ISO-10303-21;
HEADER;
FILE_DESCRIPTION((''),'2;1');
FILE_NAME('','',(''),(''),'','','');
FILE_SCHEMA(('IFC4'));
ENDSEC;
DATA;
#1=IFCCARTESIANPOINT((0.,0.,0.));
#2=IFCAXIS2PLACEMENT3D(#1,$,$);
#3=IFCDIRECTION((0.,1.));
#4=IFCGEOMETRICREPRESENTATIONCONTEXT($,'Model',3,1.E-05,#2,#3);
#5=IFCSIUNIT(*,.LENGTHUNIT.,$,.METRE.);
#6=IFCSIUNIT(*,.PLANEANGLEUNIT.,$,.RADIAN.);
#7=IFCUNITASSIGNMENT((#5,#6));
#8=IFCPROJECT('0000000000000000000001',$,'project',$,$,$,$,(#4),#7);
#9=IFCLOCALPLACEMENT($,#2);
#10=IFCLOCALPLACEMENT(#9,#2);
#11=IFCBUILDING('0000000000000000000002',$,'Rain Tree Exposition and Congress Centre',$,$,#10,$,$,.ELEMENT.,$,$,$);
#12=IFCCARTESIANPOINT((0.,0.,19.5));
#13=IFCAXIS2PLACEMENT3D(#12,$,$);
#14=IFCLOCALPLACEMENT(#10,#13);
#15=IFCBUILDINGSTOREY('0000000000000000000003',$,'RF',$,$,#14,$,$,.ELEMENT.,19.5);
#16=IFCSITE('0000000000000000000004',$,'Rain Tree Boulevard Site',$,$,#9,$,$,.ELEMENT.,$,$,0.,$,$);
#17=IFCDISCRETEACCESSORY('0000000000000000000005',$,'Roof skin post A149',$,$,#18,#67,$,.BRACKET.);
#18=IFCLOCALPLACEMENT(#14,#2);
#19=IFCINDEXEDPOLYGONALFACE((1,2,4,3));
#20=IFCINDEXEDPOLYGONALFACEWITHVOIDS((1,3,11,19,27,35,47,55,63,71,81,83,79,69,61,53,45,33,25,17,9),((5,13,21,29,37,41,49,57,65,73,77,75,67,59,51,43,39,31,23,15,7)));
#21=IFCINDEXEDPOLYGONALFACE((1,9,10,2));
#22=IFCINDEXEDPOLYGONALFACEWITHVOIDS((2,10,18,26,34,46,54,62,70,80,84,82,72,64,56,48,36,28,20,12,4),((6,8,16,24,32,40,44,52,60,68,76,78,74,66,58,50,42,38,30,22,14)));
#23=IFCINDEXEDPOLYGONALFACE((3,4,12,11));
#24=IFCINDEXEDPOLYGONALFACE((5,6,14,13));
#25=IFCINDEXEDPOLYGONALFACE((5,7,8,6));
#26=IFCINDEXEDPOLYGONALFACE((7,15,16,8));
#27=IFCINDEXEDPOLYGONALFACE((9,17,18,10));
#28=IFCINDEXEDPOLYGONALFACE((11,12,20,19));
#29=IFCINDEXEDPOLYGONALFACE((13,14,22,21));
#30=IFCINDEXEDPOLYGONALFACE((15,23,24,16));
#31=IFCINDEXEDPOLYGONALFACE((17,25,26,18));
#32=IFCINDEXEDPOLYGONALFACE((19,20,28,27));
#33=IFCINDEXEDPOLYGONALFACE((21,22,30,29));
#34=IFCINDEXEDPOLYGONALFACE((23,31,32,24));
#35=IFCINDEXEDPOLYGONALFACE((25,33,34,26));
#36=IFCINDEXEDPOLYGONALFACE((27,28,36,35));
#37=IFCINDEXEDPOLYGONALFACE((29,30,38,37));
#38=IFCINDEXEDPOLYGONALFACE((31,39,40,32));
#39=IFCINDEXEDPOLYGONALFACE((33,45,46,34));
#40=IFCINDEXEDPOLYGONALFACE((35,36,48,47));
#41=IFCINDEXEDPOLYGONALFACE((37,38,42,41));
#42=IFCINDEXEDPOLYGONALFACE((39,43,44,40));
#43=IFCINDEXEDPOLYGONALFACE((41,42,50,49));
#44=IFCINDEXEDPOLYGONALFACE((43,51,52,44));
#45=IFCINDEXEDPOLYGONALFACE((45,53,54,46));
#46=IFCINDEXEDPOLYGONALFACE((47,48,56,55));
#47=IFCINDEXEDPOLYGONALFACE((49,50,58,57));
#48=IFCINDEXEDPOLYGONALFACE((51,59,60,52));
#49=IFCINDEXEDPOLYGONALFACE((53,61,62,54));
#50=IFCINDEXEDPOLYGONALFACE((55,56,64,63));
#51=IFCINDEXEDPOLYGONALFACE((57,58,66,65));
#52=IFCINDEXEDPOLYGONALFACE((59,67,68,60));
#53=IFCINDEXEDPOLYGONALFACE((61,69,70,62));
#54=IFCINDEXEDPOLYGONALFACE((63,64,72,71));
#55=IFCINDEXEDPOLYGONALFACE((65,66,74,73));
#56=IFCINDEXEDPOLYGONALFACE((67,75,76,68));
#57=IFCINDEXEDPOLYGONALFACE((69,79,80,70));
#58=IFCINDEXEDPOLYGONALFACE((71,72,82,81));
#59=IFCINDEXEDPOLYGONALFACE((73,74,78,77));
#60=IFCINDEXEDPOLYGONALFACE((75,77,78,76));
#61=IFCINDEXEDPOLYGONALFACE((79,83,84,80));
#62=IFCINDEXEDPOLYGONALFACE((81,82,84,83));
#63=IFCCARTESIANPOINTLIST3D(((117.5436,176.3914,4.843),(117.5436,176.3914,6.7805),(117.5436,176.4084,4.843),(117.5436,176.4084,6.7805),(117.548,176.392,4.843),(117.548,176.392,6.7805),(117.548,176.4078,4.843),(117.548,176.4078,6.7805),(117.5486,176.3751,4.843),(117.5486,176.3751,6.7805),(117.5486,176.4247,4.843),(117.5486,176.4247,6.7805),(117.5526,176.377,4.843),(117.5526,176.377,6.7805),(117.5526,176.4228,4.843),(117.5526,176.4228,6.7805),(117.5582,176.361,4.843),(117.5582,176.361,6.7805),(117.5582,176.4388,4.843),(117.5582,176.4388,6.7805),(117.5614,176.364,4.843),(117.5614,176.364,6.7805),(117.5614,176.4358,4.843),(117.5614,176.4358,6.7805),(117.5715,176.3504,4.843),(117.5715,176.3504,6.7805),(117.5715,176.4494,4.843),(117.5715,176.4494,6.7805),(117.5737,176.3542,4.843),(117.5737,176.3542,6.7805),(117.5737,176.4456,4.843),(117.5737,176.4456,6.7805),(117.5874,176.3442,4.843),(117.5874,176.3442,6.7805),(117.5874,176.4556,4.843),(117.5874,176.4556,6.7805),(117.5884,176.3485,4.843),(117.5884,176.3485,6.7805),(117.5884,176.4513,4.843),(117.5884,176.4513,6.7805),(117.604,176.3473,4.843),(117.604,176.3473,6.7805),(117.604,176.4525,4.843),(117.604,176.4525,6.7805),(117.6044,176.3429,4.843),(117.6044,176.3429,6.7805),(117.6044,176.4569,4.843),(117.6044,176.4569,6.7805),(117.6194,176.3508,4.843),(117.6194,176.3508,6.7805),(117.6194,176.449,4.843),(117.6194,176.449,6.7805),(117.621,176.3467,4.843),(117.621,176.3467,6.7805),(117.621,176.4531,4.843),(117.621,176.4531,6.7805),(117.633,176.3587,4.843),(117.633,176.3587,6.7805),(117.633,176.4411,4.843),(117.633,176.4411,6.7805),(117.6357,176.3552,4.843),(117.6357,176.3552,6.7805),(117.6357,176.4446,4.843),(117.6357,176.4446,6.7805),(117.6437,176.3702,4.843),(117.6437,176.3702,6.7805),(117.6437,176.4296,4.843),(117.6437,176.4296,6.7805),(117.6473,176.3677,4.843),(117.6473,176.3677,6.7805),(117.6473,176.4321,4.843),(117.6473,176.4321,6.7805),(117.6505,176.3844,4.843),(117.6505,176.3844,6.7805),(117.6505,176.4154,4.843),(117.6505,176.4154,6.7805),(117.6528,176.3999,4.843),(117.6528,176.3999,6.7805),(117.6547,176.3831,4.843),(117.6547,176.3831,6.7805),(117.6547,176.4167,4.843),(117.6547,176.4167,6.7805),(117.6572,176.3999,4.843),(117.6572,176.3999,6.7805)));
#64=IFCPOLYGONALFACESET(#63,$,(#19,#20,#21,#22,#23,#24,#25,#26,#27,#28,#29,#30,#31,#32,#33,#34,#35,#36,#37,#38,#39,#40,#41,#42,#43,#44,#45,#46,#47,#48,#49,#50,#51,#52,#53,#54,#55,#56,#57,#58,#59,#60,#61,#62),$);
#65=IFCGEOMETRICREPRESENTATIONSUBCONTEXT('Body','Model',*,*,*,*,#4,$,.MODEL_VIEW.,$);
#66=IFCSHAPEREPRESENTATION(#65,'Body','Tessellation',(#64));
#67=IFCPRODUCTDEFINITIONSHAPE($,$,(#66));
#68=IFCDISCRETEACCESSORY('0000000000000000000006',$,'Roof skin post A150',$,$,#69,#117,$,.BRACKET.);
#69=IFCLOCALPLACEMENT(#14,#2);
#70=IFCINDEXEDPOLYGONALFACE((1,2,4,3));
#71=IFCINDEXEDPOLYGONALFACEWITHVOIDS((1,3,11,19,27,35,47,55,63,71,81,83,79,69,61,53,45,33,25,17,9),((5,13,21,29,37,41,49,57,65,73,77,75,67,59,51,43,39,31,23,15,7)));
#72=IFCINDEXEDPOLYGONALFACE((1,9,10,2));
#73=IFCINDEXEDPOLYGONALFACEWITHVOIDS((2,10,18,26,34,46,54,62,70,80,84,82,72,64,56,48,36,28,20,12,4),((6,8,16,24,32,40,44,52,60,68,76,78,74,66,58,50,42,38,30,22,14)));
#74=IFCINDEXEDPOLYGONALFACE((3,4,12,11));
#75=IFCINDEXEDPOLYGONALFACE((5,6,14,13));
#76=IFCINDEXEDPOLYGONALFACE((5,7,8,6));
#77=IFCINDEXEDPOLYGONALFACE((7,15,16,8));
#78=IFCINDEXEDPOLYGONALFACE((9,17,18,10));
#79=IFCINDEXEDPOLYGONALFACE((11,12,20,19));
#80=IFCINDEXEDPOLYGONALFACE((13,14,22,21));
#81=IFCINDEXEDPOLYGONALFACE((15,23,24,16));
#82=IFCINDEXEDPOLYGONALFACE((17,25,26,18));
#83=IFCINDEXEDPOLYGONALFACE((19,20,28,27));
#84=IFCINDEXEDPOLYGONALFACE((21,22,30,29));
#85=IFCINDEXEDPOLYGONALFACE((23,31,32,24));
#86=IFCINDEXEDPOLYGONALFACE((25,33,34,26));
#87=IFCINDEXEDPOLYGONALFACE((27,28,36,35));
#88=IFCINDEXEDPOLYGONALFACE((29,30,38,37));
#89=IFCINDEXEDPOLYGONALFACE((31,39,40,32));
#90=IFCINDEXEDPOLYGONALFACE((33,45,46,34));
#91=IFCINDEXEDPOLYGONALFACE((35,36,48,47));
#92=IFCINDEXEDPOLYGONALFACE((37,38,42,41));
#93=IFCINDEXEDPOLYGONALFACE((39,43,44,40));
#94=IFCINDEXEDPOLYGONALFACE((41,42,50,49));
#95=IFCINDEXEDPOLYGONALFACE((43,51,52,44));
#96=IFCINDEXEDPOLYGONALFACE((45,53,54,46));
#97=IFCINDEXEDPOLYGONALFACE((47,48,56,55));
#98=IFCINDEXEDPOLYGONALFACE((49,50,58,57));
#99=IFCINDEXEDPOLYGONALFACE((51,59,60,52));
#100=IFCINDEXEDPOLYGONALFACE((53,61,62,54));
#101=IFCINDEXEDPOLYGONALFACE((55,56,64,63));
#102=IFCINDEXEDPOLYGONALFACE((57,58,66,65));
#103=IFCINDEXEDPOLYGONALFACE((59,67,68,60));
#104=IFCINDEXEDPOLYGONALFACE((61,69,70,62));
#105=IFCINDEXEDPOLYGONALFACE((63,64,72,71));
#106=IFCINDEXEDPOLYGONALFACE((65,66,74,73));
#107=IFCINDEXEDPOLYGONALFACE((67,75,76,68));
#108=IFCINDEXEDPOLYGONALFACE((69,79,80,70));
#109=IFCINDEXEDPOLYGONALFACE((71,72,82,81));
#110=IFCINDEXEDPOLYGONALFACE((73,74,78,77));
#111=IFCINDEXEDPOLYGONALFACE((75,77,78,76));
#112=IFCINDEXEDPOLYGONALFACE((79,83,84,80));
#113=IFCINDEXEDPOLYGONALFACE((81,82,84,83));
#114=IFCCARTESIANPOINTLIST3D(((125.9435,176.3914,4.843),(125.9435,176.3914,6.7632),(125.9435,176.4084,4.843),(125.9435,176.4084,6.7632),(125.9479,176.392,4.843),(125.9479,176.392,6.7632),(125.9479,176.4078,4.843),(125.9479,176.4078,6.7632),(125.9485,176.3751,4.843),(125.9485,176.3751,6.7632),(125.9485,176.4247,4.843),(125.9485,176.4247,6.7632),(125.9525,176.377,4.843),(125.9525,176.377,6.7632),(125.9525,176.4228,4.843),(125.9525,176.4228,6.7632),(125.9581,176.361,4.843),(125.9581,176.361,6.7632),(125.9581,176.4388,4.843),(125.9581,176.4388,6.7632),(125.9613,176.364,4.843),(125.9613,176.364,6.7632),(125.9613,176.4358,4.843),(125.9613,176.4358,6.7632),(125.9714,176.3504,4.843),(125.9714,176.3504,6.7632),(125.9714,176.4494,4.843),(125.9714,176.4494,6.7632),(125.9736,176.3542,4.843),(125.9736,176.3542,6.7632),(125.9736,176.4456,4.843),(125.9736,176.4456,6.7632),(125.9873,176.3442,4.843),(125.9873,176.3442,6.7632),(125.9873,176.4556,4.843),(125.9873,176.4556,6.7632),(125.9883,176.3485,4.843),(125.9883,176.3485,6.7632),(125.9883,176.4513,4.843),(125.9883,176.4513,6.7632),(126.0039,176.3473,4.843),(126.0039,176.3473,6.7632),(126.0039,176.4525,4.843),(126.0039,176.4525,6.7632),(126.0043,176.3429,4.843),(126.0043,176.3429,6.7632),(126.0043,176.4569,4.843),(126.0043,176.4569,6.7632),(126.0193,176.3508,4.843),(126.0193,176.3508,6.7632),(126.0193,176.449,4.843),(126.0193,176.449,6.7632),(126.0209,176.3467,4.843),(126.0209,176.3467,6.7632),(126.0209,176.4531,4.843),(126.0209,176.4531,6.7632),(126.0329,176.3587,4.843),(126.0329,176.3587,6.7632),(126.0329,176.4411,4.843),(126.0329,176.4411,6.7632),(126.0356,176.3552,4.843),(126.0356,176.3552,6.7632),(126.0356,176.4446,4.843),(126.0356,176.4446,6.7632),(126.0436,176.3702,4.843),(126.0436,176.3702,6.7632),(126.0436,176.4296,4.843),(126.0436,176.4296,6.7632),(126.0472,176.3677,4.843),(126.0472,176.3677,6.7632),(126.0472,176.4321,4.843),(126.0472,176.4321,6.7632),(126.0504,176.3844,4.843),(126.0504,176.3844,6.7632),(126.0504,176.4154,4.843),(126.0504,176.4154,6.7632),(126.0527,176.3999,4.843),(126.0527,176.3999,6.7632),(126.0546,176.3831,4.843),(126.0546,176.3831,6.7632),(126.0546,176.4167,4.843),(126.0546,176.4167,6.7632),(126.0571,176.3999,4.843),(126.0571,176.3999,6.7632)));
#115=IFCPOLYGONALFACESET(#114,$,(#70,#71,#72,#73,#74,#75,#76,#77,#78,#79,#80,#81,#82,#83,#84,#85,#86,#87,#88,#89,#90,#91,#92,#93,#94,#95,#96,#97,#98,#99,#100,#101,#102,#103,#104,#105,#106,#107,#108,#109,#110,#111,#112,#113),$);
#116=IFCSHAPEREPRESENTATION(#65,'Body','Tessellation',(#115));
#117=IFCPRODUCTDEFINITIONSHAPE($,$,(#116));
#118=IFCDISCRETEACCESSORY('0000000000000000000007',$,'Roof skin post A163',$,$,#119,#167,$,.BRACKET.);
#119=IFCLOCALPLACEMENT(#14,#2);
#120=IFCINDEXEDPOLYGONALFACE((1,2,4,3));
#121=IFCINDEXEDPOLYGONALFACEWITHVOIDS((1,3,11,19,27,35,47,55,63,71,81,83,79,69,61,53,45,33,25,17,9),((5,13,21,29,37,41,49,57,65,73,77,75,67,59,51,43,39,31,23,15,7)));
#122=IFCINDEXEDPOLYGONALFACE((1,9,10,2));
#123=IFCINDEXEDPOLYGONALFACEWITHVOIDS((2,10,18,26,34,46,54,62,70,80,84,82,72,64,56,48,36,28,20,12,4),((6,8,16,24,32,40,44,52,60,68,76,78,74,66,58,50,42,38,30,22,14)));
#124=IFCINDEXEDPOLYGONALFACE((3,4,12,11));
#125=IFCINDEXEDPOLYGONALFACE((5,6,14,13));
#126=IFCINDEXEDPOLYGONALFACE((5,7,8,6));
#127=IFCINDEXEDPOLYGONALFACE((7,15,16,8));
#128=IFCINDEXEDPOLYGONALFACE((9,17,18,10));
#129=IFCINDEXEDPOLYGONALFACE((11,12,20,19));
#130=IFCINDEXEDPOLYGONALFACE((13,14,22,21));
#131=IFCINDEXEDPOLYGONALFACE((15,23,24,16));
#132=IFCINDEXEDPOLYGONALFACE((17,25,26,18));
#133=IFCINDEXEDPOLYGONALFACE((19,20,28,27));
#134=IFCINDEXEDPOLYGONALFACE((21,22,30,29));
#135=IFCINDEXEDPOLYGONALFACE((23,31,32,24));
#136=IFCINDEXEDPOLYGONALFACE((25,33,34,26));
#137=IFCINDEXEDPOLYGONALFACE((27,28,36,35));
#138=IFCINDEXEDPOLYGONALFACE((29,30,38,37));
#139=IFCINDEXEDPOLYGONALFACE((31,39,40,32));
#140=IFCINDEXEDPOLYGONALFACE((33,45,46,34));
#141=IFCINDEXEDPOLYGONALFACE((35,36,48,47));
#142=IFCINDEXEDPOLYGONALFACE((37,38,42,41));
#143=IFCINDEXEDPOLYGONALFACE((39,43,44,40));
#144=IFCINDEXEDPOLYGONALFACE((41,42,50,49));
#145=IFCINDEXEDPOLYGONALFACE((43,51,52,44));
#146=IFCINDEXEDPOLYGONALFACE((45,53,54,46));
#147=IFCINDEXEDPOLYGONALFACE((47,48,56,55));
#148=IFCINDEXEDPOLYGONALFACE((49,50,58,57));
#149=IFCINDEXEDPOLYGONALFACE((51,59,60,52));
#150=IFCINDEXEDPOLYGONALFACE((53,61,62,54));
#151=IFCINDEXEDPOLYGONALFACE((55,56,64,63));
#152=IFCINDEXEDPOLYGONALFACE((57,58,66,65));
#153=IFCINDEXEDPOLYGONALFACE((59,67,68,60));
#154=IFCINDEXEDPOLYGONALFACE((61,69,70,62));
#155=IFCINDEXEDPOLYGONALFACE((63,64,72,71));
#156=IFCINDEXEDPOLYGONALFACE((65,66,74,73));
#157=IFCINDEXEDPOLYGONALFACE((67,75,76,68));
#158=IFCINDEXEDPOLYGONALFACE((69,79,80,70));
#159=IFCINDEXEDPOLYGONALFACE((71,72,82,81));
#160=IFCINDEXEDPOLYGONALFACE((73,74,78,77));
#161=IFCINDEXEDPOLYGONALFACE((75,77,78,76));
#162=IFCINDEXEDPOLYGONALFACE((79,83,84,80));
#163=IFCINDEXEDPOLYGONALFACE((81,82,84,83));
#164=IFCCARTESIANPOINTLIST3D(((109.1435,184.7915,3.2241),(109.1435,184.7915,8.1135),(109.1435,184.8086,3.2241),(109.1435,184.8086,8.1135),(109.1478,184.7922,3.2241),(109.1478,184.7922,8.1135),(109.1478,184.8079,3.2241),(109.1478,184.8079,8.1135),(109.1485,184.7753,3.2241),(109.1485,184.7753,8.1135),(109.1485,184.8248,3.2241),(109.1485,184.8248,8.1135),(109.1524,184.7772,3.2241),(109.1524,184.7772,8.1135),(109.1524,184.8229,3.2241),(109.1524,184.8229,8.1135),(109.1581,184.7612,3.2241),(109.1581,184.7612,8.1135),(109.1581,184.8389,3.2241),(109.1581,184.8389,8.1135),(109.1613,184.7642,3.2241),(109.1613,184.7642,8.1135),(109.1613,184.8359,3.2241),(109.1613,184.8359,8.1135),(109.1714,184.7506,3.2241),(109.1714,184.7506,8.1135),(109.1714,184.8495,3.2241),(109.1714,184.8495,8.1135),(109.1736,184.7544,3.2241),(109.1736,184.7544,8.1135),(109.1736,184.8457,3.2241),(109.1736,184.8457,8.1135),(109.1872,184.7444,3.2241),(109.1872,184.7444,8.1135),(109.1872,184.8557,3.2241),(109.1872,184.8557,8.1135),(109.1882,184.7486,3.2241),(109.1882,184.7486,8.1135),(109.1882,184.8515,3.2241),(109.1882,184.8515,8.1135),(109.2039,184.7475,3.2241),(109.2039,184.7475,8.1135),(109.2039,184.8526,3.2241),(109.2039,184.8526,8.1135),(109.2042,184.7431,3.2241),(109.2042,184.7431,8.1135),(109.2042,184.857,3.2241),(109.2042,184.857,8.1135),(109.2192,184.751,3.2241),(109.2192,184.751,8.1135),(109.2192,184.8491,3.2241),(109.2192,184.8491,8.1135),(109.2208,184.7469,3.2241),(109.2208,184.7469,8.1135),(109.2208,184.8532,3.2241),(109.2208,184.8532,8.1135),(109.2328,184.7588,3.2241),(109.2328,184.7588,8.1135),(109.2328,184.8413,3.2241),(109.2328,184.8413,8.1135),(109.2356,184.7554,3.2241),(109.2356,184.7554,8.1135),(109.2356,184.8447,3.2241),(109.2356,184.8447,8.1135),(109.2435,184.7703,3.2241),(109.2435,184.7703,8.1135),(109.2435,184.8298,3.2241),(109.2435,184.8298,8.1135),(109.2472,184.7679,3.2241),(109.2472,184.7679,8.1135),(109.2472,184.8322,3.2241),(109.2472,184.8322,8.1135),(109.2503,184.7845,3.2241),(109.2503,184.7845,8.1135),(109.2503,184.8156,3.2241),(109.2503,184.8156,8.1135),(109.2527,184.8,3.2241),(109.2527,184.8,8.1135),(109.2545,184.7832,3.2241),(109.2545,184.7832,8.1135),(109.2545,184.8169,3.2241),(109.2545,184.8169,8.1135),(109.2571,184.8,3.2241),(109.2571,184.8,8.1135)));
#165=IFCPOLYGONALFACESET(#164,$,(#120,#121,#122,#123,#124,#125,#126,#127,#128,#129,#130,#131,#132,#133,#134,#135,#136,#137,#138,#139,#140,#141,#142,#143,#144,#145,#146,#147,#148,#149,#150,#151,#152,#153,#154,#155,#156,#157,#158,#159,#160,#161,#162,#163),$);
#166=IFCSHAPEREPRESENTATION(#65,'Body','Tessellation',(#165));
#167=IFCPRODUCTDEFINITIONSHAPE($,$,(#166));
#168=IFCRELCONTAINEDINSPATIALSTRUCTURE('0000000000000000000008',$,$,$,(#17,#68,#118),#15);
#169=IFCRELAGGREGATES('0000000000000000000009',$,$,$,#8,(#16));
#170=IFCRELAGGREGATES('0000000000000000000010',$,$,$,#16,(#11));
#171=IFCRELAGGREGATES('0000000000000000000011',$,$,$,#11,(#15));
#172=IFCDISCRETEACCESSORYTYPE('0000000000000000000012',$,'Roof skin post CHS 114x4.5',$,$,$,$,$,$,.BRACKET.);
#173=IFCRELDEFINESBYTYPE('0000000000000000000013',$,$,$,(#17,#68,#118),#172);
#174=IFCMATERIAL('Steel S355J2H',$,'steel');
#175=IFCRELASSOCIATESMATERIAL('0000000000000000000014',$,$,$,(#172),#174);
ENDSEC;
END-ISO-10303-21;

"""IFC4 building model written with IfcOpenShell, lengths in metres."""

from ifc_helpers import new_model, si_unit, direction, frame, origin, origin_2d, place, context, subcontext, project, spatial, hollow_circle, extrude, material, material_profile, profile_set, type_object, element, save


model = new_model("IFC4")

# Units and contexts
model_context = context("Model", 3, precision=1e-05, world=origin(), true_north=direction((0.0, 1.0)))
body_context = subcontext(model_context, "Body", "Model", "MODEL_VIEW")
ifc_project = project(units=[si_unit("LENGTHUNIT", "METRE"), si_unit("PLANEANGLEUNIT", "RADIAN")], contexts=[model_context])

# Site, building, storey
site_placement = place(None, origin())
site = spatial("IfcSite", under=ifc_project, at=site_placement, Name="Rain Tree Boulevard Site", CompositionType="ELEMENT", RefElevation=0.0)
building_placement = place(site_placement, origin())
building = spatial("IfcBuilding", under=site, at=building_placement, Name="Rain Tree Exposition and Congress Centre", CompositionType="ELEMENT")
storey_placement = place(building_placement, frame((0.0, 0.0, 19.5)))
storey = spatial("IfcBuildingStorey", under=building, at=storey_placement, Name="RF", CompositionType="ELEMENT", Elevation=19.5)

# Discrete accessories
ifc_material_1 = material(Name="Steel S355J2H", Category="steel")
ifc_material_profile_1 = material_profile(ifc_material_1, hollow_circle(Radius=0.0571, WallThickness=0.0044, at=origin_2d()), Name="CHS 114x4.5")
ifc_profile_set_1 = profile_set([ifc_material_profile_1], Name="Steel S355J2H")
discrete_accessory_type_1 = type_object("IfcDiscreteAccessoryType", Name="Roof skin post CHS 114x4.5", PredefinedType="BRACKET", material=ifc_profile_set_1)
discrete_accessory_1_placement = place(storey_placement, frame((117.6001, 176.3999, 4.843), z_axis=(0.0, 0.0, 1.0), x_axis=(1.0, 0.0, 0.0)))
element("IfcDiscreteAccessory", 1, at=discrete_accessory_1_placement, inside=storey, type_object=discrete_accessory_type_1, Name="Roof skin post A149", PredefinedType="BRACKET", context=body_context, shape_type="SweptSolid", body=[
    extrude(hollow_circle(Radius=0.0571, WallThickness=0.0044, at=origin_2d()), origin(), (0.0, 0.0, 1.0), 1.9375),
])
discrete_accessory_2_placement = place(storey_placement, frame((126.0, 176.3999, 4.843), z_axis=(0.0, 0.0, 1.0), x_axis=(1.0, 0.0, 0.0)))
element("IfcDiscreteAccessory", 2, at=discrete_accessory_2_placement, inside=storey, type_object=discrete_accessory_type_1, Name="Roof skin post A150", PredefinedType="BRACKET", context=body_context, shape_type="SweptSolid", body=[
    extrude(hollow_circle(Radius=0.0571, WallThickness=0.0044, at=origin_2d()), origin(), (0.0, 0.0, 1.0), 1.9202),
])
discrete_accessory_3_placement = place(storey_placement, frame((109.2, 184.8, 3.2241), z_axis=(0.0, 0.0, 1.0), x_axis=(1.0, 0.0, 0.0)))
element("IfcDiscreteAccessory", 3, at=discrete_accessory_3_placement, inside=storey, type_object=discrete_accessory_type_1, Name="Roof skin post A163", PredefinedType="BRACKET", context=body_context, shape_type="SweptSolid", body=[
    extrude(hollow_circle(Radius=0.0571, WallThickness=0.0044, at=origin_2d()), origin(), (0.0, 0.0, 1.0), 4.8894),
])

save(model, "model.ifc")
